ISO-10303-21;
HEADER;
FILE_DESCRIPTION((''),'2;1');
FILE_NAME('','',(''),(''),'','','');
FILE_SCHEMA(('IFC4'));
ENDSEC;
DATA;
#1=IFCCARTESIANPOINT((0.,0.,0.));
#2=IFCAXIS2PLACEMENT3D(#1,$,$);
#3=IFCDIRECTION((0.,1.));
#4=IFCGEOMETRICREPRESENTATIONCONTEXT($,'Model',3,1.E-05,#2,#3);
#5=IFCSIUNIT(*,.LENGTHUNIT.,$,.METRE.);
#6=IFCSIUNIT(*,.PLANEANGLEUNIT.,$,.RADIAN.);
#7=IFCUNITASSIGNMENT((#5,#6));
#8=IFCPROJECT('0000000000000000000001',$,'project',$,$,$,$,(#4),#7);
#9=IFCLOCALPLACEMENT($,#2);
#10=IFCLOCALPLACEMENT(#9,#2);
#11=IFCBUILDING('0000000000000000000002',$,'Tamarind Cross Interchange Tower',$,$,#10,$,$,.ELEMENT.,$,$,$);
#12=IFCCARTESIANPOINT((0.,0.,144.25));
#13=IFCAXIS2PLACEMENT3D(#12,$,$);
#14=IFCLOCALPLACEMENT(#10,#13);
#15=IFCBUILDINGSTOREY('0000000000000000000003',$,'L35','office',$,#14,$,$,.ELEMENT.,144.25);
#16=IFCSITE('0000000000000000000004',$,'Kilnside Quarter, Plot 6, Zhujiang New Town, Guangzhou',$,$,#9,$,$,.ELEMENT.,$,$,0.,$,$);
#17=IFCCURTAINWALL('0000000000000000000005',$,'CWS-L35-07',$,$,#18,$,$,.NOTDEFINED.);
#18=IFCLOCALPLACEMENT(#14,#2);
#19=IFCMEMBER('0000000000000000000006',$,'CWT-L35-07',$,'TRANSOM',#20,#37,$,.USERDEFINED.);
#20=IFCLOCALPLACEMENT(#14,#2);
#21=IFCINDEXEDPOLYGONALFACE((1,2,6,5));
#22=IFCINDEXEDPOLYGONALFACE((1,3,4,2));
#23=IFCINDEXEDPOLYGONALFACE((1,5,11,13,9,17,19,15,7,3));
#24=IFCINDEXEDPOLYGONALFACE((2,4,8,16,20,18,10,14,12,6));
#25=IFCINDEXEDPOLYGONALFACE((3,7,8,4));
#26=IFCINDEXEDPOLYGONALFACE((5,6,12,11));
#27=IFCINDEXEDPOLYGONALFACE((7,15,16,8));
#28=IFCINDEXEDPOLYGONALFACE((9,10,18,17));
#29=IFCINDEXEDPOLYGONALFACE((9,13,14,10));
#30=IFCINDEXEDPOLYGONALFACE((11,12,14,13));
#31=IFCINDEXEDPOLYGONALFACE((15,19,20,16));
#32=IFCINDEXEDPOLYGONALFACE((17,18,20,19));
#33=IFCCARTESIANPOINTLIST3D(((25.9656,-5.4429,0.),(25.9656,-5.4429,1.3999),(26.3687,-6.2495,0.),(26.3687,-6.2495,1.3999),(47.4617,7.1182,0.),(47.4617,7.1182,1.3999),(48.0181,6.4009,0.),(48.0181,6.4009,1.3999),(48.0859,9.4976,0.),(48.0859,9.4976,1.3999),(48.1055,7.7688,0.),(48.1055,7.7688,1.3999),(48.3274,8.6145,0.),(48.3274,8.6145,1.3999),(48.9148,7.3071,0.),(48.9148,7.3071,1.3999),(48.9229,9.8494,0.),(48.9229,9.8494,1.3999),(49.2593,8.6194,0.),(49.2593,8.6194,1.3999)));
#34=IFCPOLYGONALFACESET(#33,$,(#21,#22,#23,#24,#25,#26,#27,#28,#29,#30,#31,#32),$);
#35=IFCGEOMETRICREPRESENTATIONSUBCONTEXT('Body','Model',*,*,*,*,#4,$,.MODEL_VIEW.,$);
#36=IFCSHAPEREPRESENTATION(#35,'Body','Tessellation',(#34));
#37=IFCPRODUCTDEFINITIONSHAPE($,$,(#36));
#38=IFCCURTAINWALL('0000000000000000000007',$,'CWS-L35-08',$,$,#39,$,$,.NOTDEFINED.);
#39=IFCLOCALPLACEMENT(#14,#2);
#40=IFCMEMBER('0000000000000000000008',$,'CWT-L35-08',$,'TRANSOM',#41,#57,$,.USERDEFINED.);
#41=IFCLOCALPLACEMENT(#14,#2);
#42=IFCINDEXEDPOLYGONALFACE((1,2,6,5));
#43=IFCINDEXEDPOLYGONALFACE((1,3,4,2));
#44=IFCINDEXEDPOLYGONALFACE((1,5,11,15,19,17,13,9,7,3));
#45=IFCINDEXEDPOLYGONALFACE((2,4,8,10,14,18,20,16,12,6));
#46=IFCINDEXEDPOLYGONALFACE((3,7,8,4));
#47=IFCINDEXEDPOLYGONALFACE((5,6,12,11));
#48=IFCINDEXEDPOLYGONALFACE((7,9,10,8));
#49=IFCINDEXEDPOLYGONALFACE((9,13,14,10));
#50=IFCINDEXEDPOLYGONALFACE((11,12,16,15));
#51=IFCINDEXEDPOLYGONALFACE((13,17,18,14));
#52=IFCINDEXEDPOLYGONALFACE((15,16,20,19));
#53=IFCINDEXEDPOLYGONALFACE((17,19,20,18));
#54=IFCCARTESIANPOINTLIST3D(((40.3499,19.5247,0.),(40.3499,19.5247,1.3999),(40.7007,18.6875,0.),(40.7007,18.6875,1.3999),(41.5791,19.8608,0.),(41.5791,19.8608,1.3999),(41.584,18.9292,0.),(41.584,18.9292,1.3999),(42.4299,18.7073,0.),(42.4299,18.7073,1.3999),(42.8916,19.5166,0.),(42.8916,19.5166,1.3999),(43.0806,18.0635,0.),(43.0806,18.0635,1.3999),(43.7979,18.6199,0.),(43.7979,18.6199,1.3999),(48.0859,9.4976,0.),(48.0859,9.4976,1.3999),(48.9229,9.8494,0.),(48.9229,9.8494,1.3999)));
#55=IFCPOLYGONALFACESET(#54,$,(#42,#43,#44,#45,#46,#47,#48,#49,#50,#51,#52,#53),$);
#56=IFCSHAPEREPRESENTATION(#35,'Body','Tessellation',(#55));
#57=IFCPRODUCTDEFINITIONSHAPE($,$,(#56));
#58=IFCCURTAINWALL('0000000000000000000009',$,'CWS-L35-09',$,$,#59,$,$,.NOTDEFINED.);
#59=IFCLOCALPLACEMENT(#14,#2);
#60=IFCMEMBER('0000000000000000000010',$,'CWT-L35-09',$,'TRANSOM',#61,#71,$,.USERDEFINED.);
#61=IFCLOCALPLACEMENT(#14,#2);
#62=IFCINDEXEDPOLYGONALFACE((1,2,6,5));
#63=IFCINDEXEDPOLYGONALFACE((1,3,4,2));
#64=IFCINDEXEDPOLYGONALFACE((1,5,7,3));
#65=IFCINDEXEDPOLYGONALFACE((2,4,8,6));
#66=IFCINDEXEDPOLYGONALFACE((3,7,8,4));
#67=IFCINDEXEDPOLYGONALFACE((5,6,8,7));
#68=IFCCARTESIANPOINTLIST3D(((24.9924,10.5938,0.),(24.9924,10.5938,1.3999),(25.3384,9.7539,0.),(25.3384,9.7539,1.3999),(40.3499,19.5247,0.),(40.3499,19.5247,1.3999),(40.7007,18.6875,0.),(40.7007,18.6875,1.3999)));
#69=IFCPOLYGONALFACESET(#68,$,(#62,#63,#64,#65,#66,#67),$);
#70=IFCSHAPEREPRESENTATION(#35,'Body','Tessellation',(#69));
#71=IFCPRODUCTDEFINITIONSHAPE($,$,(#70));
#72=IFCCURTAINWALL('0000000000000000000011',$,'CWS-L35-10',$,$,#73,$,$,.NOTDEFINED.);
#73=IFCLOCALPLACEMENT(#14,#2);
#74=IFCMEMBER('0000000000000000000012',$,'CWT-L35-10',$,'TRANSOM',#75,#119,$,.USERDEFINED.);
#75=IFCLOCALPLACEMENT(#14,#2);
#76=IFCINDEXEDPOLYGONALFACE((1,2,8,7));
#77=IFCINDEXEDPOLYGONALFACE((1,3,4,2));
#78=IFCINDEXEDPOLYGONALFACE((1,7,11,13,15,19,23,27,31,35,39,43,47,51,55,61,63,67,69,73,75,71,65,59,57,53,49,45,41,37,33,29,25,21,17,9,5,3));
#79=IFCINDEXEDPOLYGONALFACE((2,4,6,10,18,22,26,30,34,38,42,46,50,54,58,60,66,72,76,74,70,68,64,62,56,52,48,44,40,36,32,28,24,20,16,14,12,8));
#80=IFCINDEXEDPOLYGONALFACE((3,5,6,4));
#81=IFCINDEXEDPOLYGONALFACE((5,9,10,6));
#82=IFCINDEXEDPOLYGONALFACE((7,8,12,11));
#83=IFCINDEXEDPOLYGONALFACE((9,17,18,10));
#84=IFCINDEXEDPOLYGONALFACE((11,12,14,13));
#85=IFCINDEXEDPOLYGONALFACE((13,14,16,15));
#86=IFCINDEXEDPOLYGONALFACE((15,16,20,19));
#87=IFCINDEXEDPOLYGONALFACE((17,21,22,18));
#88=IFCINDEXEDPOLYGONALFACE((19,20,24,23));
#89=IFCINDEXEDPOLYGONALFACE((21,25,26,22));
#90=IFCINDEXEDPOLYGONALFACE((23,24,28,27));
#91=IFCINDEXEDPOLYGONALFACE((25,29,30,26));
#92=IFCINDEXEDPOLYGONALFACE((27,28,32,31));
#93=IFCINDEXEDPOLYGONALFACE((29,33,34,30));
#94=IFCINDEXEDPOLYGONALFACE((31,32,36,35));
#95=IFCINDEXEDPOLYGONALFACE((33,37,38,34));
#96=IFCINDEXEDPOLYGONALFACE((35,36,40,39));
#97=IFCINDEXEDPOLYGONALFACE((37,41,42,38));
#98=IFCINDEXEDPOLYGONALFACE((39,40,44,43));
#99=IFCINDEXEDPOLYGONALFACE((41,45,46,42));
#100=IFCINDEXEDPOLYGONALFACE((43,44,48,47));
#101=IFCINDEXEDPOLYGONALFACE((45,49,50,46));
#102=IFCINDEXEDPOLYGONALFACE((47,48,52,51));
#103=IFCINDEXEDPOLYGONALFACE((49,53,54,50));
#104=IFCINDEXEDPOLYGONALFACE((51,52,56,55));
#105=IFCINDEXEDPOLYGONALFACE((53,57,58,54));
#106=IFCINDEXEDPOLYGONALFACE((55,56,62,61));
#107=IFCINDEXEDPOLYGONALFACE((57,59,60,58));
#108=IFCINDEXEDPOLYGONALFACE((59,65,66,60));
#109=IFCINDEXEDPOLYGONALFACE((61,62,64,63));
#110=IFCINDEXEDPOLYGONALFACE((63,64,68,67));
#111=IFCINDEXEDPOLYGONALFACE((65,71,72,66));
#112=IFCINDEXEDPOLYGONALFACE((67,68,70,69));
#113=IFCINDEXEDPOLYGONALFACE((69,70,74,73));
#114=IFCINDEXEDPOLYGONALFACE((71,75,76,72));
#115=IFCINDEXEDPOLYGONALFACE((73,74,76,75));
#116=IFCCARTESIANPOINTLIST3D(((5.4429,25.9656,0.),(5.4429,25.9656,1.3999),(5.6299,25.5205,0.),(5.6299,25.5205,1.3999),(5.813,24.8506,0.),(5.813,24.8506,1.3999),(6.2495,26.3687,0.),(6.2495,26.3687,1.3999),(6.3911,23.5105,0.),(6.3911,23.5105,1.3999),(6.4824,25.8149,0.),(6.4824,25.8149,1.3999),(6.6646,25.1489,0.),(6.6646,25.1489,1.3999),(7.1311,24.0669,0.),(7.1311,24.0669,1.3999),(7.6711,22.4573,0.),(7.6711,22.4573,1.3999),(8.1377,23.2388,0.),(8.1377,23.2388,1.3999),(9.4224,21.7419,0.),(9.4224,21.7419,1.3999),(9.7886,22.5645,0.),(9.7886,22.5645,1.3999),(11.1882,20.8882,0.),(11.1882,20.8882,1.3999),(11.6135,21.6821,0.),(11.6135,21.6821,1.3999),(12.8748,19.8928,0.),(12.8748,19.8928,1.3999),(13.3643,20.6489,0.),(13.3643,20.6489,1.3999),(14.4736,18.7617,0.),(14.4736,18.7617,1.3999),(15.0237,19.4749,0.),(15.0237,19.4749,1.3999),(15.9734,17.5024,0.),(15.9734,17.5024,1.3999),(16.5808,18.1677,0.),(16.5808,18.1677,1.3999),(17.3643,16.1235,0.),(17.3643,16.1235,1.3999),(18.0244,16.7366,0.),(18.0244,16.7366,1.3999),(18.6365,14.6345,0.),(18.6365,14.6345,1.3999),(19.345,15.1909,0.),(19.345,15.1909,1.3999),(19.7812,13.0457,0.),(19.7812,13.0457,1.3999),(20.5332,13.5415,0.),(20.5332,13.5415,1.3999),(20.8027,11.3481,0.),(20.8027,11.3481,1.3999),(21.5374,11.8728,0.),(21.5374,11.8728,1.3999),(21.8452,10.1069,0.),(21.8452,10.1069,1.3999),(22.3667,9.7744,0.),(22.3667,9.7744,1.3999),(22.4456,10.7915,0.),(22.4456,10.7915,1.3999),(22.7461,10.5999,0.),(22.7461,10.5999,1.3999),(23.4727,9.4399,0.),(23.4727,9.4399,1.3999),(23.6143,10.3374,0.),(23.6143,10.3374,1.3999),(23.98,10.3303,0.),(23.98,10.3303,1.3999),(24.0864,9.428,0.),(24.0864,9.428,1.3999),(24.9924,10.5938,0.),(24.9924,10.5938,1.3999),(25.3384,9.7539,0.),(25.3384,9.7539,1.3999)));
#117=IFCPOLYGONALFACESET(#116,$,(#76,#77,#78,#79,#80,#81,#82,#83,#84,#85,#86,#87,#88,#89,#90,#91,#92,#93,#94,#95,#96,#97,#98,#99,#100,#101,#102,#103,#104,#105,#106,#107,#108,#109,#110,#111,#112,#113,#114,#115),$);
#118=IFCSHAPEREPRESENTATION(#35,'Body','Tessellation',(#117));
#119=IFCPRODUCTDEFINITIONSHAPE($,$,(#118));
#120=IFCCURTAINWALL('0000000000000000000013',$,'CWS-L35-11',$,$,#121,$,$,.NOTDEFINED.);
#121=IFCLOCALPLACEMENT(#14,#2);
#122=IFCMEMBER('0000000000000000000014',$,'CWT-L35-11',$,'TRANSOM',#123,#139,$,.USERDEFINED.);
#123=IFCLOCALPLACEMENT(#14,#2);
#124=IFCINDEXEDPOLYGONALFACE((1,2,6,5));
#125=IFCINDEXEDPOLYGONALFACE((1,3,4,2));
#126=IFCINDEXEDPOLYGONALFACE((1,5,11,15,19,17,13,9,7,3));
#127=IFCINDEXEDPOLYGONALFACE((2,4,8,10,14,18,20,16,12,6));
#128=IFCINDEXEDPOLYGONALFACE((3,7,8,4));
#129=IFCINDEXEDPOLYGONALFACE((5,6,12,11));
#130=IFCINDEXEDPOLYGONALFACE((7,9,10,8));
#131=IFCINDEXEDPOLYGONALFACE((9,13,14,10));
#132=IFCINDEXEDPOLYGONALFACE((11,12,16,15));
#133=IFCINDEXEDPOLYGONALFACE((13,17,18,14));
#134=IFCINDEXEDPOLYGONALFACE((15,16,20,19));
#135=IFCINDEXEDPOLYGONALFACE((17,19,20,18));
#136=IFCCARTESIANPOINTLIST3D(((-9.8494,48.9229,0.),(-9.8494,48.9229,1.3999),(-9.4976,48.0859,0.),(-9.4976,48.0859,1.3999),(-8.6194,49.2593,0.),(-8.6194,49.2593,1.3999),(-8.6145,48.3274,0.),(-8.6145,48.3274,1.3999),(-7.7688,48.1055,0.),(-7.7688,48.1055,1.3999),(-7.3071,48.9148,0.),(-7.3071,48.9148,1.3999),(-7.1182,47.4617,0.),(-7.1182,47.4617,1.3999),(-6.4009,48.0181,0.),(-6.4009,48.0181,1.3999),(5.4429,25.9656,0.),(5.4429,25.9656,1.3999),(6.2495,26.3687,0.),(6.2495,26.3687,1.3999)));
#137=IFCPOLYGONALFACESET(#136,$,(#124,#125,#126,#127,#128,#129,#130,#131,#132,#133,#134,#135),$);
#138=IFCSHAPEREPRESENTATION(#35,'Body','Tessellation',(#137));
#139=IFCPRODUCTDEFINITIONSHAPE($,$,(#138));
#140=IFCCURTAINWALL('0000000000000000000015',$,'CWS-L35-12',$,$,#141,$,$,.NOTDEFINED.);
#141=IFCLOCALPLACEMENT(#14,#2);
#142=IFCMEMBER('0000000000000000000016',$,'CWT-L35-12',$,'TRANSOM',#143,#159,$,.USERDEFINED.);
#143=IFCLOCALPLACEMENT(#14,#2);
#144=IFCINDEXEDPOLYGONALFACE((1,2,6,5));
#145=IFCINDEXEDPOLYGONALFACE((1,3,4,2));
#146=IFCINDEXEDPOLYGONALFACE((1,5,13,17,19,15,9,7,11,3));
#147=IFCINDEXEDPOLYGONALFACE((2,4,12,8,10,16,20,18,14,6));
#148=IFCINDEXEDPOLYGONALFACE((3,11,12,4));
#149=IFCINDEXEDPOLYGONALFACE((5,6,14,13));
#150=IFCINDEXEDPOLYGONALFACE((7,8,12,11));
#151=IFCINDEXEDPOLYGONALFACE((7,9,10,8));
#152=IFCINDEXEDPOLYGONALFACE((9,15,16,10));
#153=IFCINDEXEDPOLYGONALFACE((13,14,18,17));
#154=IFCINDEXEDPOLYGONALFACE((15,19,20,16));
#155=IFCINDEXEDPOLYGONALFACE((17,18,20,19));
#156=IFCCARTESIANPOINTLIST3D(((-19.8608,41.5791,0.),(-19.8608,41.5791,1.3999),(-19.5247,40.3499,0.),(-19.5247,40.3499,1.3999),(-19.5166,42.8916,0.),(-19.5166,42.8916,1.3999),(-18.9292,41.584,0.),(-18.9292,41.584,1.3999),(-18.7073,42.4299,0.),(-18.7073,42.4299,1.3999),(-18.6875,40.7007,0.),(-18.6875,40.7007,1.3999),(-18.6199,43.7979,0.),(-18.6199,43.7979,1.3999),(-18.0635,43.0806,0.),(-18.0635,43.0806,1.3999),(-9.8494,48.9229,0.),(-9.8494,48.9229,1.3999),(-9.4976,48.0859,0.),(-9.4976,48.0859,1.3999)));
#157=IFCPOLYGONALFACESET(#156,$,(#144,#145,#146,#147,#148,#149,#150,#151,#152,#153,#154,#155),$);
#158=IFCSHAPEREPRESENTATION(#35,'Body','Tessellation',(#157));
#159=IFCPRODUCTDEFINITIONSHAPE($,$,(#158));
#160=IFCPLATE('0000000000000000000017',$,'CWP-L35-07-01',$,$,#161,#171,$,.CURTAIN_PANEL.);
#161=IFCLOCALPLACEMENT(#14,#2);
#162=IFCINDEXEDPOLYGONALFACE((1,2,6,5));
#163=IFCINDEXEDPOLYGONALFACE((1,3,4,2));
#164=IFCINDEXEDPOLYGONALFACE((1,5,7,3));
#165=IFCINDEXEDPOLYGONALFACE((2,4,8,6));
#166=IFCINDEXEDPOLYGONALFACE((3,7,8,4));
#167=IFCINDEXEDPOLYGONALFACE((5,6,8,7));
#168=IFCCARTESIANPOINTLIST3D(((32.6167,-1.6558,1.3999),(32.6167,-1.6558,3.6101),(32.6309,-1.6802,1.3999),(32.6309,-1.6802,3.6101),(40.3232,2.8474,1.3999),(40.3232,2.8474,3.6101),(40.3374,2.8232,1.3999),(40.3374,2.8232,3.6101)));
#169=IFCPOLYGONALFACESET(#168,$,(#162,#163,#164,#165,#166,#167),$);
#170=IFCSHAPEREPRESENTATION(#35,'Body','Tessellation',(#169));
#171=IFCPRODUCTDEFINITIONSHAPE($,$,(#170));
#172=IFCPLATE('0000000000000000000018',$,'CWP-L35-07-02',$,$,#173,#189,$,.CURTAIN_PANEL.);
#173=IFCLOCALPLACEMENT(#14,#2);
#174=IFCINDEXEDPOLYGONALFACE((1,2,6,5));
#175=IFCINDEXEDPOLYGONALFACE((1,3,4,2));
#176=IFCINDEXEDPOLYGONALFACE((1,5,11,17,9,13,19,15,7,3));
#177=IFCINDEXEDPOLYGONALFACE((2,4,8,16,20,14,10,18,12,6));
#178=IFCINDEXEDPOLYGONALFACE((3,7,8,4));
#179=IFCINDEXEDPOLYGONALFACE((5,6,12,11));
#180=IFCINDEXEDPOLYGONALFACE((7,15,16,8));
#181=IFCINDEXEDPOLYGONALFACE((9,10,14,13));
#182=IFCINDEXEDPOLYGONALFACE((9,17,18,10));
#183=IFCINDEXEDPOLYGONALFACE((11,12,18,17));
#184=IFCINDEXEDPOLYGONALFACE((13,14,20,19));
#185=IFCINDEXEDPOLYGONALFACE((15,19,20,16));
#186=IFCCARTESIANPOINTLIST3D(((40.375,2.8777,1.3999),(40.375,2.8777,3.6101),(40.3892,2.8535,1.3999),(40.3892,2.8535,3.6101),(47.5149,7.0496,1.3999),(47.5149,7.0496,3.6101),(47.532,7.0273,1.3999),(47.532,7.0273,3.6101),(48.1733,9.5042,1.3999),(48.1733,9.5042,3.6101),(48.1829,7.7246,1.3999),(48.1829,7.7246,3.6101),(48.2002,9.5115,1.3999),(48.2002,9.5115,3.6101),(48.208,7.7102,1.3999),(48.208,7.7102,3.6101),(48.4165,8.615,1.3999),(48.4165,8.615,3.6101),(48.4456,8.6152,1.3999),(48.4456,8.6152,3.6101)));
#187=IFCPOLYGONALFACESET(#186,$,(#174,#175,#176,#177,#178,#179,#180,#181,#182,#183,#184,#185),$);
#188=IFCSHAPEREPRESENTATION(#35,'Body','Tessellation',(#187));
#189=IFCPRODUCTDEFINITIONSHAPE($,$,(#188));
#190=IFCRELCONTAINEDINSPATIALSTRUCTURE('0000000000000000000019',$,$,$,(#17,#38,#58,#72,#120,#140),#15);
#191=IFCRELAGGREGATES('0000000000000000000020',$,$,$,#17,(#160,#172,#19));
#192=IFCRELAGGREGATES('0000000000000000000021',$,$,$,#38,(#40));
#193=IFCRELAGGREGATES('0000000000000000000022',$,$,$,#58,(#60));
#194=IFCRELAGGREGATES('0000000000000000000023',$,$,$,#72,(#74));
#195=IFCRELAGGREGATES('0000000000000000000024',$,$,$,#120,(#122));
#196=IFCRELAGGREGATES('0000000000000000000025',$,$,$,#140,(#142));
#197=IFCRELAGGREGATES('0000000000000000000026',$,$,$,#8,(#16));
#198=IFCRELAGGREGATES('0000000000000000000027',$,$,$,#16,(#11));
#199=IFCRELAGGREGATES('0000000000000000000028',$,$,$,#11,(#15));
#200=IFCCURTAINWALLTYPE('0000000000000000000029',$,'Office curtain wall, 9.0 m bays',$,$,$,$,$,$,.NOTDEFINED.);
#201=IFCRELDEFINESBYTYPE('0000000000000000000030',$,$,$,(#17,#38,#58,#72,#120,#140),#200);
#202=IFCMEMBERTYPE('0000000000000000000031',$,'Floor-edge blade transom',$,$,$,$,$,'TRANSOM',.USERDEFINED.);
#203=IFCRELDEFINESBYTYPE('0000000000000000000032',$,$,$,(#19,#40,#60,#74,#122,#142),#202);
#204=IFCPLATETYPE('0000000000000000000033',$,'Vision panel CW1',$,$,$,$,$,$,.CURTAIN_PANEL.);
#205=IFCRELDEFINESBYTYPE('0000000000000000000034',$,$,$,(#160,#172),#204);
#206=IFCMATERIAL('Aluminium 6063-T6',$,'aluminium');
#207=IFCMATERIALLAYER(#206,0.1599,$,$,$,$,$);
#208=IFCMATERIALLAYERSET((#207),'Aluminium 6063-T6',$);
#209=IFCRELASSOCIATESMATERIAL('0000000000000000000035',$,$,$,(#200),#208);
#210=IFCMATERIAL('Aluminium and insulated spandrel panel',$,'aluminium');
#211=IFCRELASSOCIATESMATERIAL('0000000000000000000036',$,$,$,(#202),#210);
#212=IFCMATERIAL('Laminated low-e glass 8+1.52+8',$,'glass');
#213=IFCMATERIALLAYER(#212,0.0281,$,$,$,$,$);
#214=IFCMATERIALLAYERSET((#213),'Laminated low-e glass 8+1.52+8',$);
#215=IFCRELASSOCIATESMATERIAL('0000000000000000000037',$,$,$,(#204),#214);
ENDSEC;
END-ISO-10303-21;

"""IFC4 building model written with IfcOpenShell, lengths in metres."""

from ifc_helpers import new_model, si_unit, direction, frame, origin, place, context, subcontext, project, spatial, polyline, outline, extrude, material, layer, layer_set, type_object, element, aggregate, save


model = new_model("IFC4")

# Units and contexts
model_context = context("Model", 3, precision=1e-05, world=origin(), true_north=direction((0.0, 1.0)))
body_context = subcontext(model_context, "Body", "Model", "MODEL_VIEW")
ifc_project = project(units=[si_unit("LENGTHUNIT", "METRE"), si_unit("PLANEANGLEUNIT", "RADIAN")], contexts=[model_context])

# Site, building, storey
site_placement = place(None, origin())
site = spatial("IfcSite", under=ifc_project, at=site_placement, Name="Kilnside Quarter, Plot 6, Zhujiang New Town, Guangzhou", CompositionType="ELEMENT", RefElevation=0.0)
building_placement = place(site_placement, origin())
building = spatial("IfcBuilding", under=site, at=building_placement, Name="Tamarind Cross Interchange Tower", CompositionType="ELEMENT")
storey_placement = place(building_placement, frame((0.0, 0.0, 144.25)))
storey = spatial("IfcBuildingStorey", under=building, at=storey_placement, Name="L35", Description="office", CompositionType="ELEMENT", Elevation=144.25)

# Curtain walls, members
ifc_material_1 = material(Name="Aluminium 6063-T6", Category="aluminium")
ifc_layer_1 = layer(ifc_material_1, 0.1599)
ifc_layer_set_1 = layer_set([ifc_layer_1], Name="Aluminium 6063-T6")
curtain_wall_type = type_object("IfcCurtainWallType", Name="Office curtain wall, 9.0 m bays", PredefinedType="NOTDEFINED", material=ifc_layer_set_1)
curtain_wall_1_placement = place(storey_placement, origin())
curtain_wall_1 = element("IfcCurtainWall", 1, at=curtain_wall_1_placement, inside=storey, type_object=curtain_wall_type, Name="CWS-L35-07", PredefinedType="NOTDEFINED")
ifc_material_2 = material(Name="Aluminium and insulated spandrel panel", Category="aluminium")
member_type = type_object("IfcMemberType", Name="Floor-edge blade transom", ElementType="TRANSOM", PredefinedType="USERDEFINED", material=ifc_material_2)
member_1_placement = place(storey_placement, origin())
member_1 = element("IfcMember", 2, at=member_1_placement, type_object=member_type, Name="CWT-L35-07", ObjectType="TRANSOM", PredefinedType="USERDEFINED", context=body_context, shape_type="SweptSolid", body=[
    extrude(outline(polyline([(25.9656, -5.4429), (47.4617, 7.1182), (48.1055, 7.7688), (48.3274, 8.6145), (48.0859, 9.4976), (48.9229, 9.8494), (49.2593, 8.6194), (48.9148, 7.3071), (48.0181, 6.4009), (26.3687, -6.2495), (25.9656, -5.4429)])), origin(), (0.0, 0.0, 1.0), 1.3999),
])
curtain_wall_2_placement = place(storey_placement, origin())
curtain_wall_2 = element("IfcCurtainWall", 3, at=curtain_wall_2_placement, inside=storey, type_object=curtain_wall_type, Name="CWS-L35-08", PredefinedType="NOTDEFINED")
member_2_placement = place(storey_placement, origin())
member_2 = element("IfcMember", 4, at=member_2_placement, type_object=member_type, Name="CWT-L35-08", ObjectType="TRANSOM", PredefinedType="USERDEFINED", context=body_context, shape_type="SweptSolid", body=[
    extrude(outline(polyline([(48.0859, 9.4976), (43.0806, 18.0635), (42.4299, 18.7073), (41.584, 18.9292), (40.7007, 18.6875), (40.3499, 19.5247), (41.5791, 19.8608), (42.8916, 19.5166), (43.7979, 18.6199), (48.9229, 9.8494), (48.0859, 9.4976)])), origin(), (0.0, 0.0, 1.0), 1.3999),
])
curtain_wall_3_placement = place(storey_placement, origin())
curtain_wall_3 = element("IfcCurtainWall", 5, at=curtain_wall_3_placement, inside=storey, type_object=curtain_wall_type, Name="CWS-L35-09", PredefinedType="NOTDEFINED")
member_3_placement = place(storey_placement, origin())
member_3 = element("IfcMember", 6, at=member_3_placement, type_object=member_type, Name="CWT-L35-09", ObjectType="TRANSOM", PredefinedType="USERDEFINED", context=body_context, shape_type="SweptSolid", body=[
    extrude(outline(polyline([(40.7007, 18.6875), (25.3384, 9.7539), (24.9924, 10.5938), (40.3499, 19.5247), (40.7007, 18.6875)])), origin(), (0.0, 0.0, 1.0), 1.3999),
])
curtain_wall_4_placement = place(storey_placement, origin())
curtain_wall_4 = element("IfcCurtainWall", 7, at=curtain_wall_4_placement, inside=storey, type_object=curtain_wall_type, Name="CWS-L35-10", PredefinedType="NOTDEFINED")
member_4_placement = place(storey_placement, origin())
member_4 = element("IfcMember", 8, at=member_4_placement, type_object=member_type, Name="CWT-L35-10", ObjectType="TRANSOM", PredefinedType="USERDEFINED", context=body_context, shape_type="SweptSolid", body=[
    extrude(outline(polyline([(25.3384, 9.7539), (24.0864, 9.428), (23.4727, 9.4399), (22.3667, 9.7744), (21.8452, 10.1069), (20.8027, 11.3481), (19.7812, 13.0457), (18.6365, 14.6345), (17.3643, 16.1235), (15.9734, 17.5024), (14.4736, 18.7617), (12.8748, 19.8928), (11.1882, 20.8882), (9.4224, 21.7419), (7.6711, 22.4573), (6.3911, 23.5105), (5.813, 24.8506), (5.6299, 25.5205), (5.4429, 25.9656), (6.2495, 26.3687), (6.4824, 25.8149), (6.6646, 25.1489), (7.1311, 24.0669), (8.1377, 23.2388), (9.7886, 22.5645), (11.6135, 21.6821), (13.3643, 20.6489), (15.0237, 19.4749), (16.5808, 18.1677), (18.0244, 16.7366), (19.345, 15.1909), (20.5332, 13.5415), (21.5374, 11.8728), (22.4456, 10.7915), (22.7461, 10.5999), (23.6143, 10.3374), (23.98, 10.3303), (24.9924, 10.5938), (25.3384, 9.7539)])), origin(), (0.0, 0.0, 1.0), 1.3999),
])
curtain_wall_5_placement = place(storey_placement, origin())
curtain_wall_5 = element("IfcCurtainWall", 9, at=curtain_wall_5_placement, inside=storey, type_object=curtain_wall_type, Name="CWS-L35-11", PredefinedType="NOTDEFINED")
member_5_placement = place(storey_placement, origin())
member_5 = element("IfcMember", 10, at=member_5_placement, type_object=member_type, Name="CWT-L35-11", ObjectType="TRANSOM", PredefinedType="USERDEFINED", context=body_context, shape_type="SweptSolid", body=[
    extrude(outline(polyline([(5.4429, 25.9656), (-7.1182, 47.4617), (-7.7688, 48.1055), (-8.6145, 48.3274), (-9.4976, 48.0859), (-9.8494, 48.9229), (-8.6194, 49.2593), (-7.3071, 48.9148), (-6.4009, 48.0181), (6.2495, 26.3687), (5.4429, 25.9656)])), origin(), (0.0, 0.0, 1.0), 1.3999),
])
curtain_wall_6_placement = place(storey_placement, origin())
curtain_wall_6 = element("IfcCurtainWall", 11, at=curtain_wall_6_placement, inside=storey, type_object=curtain_wall_type, Name="CWS-L35-12", PredefinedType="NOTDEFINED")
member_6_placement = place(storey_placement, origin())
member_6 = element("IfcMember", 12, at=member_6_placement, type_object=member_type, Name="CWT-L35-12", ObjectType="TRANSOM", PredefinedType="USERDEFINED", context=body_context, shape_type="SweptSolid", body=[
    extrude(outline(polyline([(-9.4976, 48.0859), (-18.0635, 43.0806), (-18.7073, 42.4299), (-18.9292, 41.584), (-18.6875, 40.7007), (-19.5247, 40.3499), (-19.8608, 41.5791), (-19.5166, 42.8916), (-18.6199, 43.7979), (-9.8494, 48.9229), (-9.4976, 48.0859)])), origin(), (0.0, 0.0, 1.0), 1.3999),
])

# Plates
ifc_material_3 = material(Name="Laminated low-e glass 8+1.52+8", Category="glass")
ifc_layer_2 = layer(ifc_material_3, 0.0281)
ifc_layer_set_2 = layer_set([ifc_layer_2], Name="Laminated low-e glass 8+1.52+8")
plate_type = type_object("IfcPlateType", Name="Vision panel CW1", PredefinedType="CURTAIN_PANEL", material=ifc_layer_set_2)
plate_1_placement = place(storey_placement, frame((0.0, 0.0, 1.3999)))
plate_1 = element("IfcPlate", 13, at=plate_1_placement, type_object=plate_type, Name="CWP-L35-07-01", PredefinedType="CURTAIN_PANEL", context=body_context, shape_type="SweptSolid", body=[
    extrude(outline(polyline([(32.6167, -1.6558), (40.3232, 2.8474), (40.3374, 2.8232), (32.6309, -1.6802), (32.6167, -1.6558)])), origin(), (0.0, 0.0, 1.0), 2.2102),
])
plate_2_placement = place(storey_placement, frame((0.0, 0.0, 1.3999)))
plate_2 = element("IfcPlate", 14, at=plate_2_placement, type_object=plate_type, Name="CWP-L35-07-02", PredefinedType="CURTAIN_PANEL", context=body_context, shape_type="SweptSolid", body=[
    extrude(outline(polyline([(40.375, 2.8777), (47.5149, 7.0496), (48.1829, 7.7246), (48.4165, 8.615), (48.1733, 9.5042), (48.2002, 9.5115), (48.4456, 8.6152), (48.208, 7.7102), (47.532, 7.0273), (40.3892, 2.8535), (40.375, 2.8777)])), origin(), (0.0, 0.0, 1.0), 2.2102),
])
aggregate(curtain_wall_1, [plate_1, plate_2, member_1])
aggregate(curtain_wall_2, [member_2])
aggregate(curtain_wall_3, [member_3])
aggregate(curtain_wall_4, [member_4])
aggregate(curtain_wall_5, [member_5])
aggregate(curtain_wall_6, [member_6])

save(model, "model.ifc")
